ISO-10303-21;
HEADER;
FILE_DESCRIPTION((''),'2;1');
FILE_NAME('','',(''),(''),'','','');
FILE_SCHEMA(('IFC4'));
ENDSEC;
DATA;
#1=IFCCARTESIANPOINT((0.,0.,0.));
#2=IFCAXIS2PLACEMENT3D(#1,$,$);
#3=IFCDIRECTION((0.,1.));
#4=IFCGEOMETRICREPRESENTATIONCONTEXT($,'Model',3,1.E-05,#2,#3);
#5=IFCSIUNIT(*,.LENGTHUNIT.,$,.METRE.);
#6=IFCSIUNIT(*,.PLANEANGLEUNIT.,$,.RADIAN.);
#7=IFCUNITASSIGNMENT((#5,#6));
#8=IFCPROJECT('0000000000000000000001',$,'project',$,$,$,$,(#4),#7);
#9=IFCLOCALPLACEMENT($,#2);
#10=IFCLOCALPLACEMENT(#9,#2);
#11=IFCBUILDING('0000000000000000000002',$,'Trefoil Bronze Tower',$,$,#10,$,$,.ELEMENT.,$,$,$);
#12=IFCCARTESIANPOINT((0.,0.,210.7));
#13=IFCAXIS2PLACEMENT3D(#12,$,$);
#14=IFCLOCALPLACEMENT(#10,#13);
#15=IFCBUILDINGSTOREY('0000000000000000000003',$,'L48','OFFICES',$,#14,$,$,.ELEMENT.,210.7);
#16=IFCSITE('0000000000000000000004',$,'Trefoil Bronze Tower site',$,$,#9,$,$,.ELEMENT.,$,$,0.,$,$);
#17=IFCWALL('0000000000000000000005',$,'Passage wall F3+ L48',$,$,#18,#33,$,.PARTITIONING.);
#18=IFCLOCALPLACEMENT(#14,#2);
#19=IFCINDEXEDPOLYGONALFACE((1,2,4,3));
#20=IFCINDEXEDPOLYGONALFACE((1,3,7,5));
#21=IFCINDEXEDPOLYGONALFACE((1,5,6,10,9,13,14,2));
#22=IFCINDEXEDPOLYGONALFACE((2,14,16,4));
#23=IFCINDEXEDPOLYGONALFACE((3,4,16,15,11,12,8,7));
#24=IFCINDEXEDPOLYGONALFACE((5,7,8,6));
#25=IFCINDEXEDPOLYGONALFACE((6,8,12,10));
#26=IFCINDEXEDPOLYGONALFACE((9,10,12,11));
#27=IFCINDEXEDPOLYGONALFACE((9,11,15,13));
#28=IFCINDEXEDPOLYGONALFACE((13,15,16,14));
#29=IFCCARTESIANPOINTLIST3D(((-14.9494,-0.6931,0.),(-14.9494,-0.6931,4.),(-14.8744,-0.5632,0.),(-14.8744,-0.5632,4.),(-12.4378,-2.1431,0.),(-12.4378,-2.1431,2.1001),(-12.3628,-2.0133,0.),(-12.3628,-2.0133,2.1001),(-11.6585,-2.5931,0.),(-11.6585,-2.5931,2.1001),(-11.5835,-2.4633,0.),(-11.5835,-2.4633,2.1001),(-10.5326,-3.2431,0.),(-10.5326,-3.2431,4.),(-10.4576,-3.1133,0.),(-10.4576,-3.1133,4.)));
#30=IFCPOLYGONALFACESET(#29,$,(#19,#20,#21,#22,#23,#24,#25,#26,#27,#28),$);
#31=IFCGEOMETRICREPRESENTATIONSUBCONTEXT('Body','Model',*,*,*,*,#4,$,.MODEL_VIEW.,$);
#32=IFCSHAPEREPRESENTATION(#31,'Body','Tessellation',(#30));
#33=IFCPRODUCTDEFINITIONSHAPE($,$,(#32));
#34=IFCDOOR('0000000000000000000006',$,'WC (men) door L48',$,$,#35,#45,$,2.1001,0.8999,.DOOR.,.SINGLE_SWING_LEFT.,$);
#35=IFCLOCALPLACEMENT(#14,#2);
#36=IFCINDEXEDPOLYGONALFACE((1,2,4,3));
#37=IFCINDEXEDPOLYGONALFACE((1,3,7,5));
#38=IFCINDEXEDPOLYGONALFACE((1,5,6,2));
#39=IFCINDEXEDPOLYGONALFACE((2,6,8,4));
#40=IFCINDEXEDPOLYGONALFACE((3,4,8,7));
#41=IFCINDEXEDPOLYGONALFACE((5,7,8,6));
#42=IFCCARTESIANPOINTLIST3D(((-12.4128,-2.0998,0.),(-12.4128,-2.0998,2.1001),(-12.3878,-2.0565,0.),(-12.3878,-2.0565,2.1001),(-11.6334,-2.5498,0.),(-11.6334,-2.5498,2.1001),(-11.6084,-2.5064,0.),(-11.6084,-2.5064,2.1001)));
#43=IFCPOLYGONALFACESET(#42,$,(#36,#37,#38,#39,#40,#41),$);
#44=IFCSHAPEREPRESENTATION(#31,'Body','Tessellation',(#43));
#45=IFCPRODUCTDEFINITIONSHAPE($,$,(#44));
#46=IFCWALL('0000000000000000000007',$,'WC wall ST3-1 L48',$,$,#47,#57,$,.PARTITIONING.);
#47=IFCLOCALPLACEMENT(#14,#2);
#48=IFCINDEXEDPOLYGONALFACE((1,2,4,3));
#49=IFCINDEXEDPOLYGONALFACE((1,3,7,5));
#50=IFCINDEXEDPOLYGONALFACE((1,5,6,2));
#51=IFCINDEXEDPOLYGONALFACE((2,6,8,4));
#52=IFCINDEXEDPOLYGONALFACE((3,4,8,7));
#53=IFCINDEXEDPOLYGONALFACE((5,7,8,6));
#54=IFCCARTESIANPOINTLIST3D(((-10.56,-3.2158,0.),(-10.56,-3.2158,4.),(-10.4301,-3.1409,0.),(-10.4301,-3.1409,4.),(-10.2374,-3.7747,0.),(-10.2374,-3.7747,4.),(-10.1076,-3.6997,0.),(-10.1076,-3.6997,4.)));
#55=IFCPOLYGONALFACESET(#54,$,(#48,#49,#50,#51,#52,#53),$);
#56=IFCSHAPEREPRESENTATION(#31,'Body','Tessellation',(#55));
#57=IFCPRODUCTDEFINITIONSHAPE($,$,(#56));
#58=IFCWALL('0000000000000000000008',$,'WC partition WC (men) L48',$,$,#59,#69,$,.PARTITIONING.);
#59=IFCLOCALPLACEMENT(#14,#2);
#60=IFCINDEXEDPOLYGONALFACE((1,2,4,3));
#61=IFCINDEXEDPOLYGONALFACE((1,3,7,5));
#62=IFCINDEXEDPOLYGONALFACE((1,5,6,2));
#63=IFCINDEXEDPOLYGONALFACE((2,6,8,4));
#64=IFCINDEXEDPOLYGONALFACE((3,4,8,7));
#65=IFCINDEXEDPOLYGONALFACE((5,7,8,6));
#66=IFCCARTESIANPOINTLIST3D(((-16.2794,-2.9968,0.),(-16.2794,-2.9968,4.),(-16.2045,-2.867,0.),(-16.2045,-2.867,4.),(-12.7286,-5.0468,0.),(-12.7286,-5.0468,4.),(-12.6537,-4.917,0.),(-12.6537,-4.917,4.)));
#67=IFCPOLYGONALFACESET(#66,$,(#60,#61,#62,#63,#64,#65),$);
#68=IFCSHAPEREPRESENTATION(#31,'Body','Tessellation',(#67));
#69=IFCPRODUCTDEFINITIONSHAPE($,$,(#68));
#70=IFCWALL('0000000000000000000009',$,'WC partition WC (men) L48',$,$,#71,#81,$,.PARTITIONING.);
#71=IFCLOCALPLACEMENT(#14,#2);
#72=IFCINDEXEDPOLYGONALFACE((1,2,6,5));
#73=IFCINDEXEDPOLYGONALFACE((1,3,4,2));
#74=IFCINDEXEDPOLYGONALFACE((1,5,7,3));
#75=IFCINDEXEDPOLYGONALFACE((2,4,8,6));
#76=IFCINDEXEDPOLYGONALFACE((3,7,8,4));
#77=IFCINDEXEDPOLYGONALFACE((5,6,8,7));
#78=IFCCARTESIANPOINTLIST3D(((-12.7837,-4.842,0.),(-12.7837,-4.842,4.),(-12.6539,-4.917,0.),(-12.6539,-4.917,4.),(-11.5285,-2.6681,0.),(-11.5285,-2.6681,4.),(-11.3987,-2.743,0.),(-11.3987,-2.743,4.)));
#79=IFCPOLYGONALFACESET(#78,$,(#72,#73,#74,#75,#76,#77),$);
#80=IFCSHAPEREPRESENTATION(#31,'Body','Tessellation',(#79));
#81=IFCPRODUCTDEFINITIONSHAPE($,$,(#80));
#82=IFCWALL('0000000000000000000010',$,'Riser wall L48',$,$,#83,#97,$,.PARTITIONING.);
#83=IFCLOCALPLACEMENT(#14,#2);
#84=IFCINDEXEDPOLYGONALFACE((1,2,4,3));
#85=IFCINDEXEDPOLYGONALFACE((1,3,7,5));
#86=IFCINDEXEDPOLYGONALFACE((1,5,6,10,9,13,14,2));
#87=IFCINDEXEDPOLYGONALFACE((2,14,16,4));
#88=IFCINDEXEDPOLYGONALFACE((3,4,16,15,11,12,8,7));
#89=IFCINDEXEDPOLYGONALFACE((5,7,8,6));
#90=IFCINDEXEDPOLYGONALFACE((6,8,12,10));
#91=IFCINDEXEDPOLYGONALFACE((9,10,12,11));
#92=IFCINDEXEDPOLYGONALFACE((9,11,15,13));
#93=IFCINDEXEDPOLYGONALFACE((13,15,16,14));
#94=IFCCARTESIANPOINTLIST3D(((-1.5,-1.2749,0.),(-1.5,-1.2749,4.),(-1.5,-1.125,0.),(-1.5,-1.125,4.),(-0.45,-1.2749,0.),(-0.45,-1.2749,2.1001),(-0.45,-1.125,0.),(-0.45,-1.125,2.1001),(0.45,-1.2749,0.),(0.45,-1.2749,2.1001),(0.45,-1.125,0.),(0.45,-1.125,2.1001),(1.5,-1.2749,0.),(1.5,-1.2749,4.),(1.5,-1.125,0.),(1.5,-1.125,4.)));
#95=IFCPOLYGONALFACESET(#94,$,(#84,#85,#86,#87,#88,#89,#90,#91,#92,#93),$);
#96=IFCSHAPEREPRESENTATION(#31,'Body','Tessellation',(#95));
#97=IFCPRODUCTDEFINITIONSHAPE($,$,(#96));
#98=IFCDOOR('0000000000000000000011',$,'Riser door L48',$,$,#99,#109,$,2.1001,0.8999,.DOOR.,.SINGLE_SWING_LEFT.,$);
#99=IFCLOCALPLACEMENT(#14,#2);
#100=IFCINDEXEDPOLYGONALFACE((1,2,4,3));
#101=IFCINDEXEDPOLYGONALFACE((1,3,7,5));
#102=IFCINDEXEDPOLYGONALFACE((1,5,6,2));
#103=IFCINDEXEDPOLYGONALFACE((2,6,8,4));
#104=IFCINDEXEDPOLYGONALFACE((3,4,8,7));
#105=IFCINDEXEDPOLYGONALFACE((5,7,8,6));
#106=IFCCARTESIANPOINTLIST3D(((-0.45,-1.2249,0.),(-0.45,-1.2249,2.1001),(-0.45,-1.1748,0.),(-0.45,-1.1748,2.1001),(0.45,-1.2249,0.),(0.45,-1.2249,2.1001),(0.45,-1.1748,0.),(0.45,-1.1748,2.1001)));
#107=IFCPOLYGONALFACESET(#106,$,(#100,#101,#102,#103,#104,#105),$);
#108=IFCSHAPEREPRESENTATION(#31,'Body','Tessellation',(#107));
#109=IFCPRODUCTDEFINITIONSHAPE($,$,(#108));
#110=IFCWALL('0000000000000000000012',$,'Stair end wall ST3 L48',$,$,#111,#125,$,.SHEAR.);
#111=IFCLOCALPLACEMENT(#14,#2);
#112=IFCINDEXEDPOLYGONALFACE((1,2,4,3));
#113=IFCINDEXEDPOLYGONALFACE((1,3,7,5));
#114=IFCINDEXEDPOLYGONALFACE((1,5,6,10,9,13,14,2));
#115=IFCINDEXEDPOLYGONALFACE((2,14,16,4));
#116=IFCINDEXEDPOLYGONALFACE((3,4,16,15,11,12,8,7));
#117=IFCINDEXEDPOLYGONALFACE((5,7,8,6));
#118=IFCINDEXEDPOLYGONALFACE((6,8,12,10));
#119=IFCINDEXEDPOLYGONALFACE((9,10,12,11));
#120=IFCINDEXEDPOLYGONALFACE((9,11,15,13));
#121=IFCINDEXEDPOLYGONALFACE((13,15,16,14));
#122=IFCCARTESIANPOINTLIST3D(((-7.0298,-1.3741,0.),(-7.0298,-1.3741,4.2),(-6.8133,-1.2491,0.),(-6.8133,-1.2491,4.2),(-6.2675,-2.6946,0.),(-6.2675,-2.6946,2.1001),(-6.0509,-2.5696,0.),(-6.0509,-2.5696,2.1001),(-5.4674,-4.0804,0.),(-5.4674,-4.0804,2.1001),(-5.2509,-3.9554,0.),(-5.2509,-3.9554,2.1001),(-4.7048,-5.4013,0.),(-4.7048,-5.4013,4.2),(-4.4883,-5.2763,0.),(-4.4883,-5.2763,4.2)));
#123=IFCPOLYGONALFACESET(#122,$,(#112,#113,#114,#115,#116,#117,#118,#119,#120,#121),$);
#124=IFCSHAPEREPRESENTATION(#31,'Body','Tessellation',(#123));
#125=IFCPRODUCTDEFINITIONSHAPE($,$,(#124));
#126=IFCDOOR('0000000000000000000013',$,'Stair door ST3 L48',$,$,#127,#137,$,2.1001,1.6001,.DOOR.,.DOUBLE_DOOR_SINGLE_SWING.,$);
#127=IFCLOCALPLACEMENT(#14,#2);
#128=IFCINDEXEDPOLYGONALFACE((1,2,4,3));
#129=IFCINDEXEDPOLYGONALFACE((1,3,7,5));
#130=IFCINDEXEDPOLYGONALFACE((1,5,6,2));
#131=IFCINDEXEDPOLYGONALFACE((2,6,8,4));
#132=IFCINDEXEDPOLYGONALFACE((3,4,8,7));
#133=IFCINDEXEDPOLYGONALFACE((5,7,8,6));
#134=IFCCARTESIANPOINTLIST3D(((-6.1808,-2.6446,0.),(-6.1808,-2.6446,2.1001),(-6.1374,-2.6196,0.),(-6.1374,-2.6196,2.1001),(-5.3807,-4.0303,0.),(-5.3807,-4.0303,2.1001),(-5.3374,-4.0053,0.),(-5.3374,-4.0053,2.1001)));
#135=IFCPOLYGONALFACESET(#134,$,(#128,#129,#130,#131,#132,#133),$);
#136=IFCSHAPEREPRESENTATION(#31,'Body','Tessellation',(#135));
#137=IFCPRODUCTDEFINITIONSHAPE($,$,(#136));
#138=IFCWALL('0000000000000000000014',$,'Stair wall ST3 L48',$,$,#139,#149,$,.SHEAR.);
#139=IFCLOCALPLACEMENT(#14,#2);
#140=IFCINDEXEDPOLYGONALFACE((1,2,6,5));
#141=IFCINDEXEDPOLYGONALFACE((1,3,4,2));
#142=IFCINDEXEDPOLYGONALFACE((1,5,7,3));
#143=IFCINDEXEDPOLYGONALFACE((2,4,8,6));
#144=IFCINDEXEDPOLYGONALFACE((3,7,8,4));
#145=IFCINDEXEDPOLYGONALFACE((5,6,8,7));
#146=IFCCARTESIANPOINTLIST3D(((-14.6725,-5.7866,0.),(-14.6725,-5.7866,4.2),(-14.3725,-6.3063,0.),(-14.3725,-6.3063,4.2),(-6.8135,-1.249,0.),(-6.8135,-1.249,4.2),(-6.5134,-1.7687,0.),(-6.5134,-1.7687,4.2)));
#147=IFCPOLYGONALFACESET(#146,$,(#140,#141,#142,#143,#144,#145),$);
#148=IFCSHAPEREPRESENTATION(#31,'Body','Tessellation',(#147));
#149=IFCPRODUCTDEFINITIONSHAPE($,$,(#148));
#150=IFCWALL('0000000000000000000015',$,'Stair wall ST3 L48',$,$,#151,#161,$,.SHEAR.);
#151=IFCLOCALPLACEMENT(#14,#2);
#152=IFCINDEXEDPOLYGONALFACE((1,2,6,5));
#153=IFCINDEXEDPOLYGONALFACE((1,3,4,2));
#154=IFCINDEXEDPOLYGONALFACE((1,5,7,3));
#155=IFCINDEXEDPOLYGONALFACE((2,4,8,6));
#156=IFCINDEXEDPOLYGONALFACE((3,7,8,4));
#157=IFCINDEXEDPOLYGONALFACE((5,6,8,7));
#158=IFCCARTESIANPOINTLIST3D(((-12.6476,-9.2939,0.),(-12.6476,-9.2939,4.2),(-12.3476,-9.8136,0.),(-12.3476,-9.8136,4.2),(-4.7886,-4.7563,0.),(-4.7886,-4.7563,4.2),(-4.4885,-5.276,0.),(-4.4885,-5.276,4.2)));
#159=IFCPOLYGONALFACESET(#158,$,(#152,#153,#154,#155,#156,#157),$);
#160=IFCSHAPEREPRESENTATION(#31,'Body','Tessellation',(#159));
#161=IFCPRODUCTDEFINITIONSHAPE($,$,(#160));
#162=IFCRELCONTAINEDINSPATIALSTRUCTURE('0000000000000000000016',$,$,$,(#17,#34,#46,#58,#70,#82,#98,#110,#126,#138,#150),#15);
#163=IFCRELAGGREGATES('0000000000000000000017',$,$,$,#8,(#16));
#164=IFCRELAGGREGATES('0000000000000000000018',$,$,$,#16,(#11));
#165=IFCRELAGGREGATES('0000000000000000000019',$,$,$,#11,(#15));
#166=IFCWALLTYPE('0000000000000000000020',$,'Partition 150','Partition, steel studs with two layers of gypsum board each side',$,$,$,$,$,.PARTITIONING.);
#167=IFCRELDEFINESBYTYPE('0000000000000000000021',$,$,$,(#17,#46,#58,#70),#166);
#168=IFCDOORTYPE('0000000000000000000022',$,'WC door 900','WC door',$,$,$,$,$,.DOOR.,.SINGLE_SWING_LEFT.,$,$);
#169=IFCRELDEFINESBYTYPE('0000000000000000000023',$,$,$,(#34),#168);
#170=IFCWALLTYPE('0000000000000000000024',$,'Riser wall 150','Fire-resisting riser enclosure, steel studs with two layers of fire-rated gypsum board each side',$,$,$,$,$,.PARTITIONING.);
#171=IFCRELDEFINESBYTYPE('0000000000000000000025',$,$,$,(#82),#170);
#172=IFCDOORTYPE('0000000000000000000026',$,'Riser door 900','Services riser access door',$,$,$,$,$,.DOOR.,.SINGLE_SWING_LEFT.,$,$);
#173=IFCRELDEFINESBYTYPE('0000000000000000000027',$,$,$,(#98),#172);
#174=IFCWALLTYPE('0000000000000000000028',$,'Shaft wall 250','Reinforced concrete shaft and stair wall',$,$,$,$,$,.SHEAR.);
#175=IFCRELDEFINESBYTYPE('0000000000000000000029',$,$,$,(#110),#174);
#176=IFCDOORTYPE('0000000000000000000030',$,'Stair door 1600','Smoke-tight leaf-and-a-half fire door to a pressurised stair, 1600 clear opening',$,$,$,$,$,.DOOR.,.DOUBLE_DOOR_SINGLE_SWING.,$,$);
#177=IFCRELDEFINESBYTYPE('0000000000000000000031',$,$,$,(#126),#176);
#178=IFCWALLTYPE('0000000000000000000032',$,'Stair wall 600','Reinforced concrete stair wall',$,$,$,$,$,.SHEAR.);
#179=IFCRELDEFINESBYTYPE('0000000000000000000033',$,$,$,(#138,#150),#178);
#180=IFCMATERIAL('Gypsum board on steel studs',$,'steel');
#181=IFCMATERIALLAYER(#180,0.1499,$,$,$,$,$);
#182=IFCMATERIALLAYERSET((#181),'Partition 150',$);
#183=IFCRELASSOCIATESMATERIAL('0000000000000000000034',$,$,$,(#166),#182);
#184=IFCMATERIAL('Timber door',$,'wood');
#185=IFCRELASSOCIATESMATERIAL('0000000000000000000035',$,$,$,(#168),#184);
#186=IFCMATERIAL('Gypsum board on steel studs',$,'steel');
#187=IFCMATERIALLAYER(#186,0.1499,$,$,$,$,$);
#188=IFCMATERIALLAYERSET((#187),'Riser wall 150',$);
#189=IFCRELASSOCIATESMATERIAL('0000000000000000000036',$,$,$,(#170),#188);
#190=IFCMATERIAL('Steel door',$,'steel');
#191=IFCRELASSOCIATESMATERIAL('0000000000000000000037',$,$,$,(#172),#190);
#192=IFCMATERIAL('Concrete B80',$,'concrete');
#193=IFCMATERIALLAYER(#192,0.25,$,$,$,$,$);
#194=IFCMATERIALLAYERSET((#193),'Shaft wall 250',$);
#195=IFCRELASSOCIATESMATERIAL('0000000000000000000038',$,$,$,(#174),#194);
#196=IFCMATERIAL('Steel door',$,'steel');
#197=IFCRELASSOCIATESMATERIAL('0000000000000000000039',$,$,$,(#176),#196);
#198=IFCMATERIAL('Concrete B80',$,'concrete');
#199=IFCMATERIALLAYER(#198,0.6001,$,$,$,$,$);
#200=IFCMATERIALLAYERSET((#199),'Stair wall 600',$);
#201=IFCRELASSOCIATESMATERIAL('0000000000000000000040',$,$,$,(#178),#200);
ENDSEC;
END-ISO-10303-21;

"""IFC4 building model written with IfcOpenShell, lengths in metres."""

from ifc_helpers import new_model, si_unit, direction, frame, frame_2d, origin, place, context, subcontext, project, spatial, rectangle, extrude, material, layer, layer_set, type_object, element, fill, save


model = new_model("IFC4")

# Units and contexts
model_context = context("Model", 3, precision=1e-05, world=origin(), true_north=direction((0.0, 1.0)))
body_context = subcontext(model_context, "Body", "Model", "MODEL_VIEW")
ifc_project = project(units=[si_unit("LENGTHUNIT", "METRE"), si_unit("PLANEANGLEUNIT", "RADIAN")], contexts=[model_context])

# Site, building, storey
site_placement = place(None, origin())
site = spatial("IfcSite", under=ifc_project, at=site_placement, Name="Trefoil Bronze Tower site", CompositionType="ELEMENT", RefElevation=0.0)
building_placement = place(site_placement, origin())
building = spatial("IfcBuilding", under=site, at=building_placement, Name="Trefoil Bronze Tower", CompositionType="ELEMENT")
storey_placement = place(building_placement, frame((0.0, 0.0, 210.7)))
storey = spatial("IfcBuildingStorey", under=building, at=storey_placement, Name="L48", Description="OFFICES", CompositionType="ELEMENT", Elevation=210.7)

# Wall, opening, door
ifc_material_1 = material(Name="Gypsum board on steel studs", Category="steel")
ifc_layer_1 = layer(ifc_material_1, 0.1499)
ifc_layer_set_1 = layer_set([ifc_layer_1], Name="Partition 150")
wall_type_1 = type_object("IfcWallType", Name="Partition 150", Description="Partition, steel studs with two layers of gypsum board each side", PredefinedType="PARTITIONING", material=ifc_layer_set_1)
wall_1_placement = place(storey_placement, frame((-10.4951, -3.1782, 0.0), z_axis=(0.0, 0.0, 1.0), x_axis=(-0.866022, 0.500006, 0.0)))
wall_1 = element("IfcWall", 1, at=wall_1_placement, inside=storey, type_object=wall_type_1, Name="Passage wall F3+ L48", PredefinedType="PARTITIONING", context=body_context, shape_type="SweptSolid", body=[
    extrude(rectangle(XDim=5.1001, YDim=0.1499, at=frame_2d((2.55, 0.0))), origin(), (0.0, 0.0, 1.0), 4.0),
])
opening_1_placement = place(wall_1_placement, frame((1.3, 0.0, 0.0)))
opening_1 = element("IfcOpeningElement", 2, at=opening_1_placement, cuts=wall_1, PredefinedType="OPENING", context=body_context, shape_type="SweptSolid", body=[
    extrude(rectangle(XDim=0.8999, YDim=2.1001, at=frame_2d((0.45, 1.05))), frame((0.0, 0.085, 0.0), z_axis=(0.0, -1.0, 0.0), x_axis=(1.0, 0.0, 0.0)), (0.0, 0.0, 1.0), 0.1699),
])
ifc_material_2 = material(Name="Timber door", Category="wood")
door_type_1 = type_object("IfcDoorType", Name="WC door 900", Description="WC door", OperationType="SINGLE_SWING_LEFT", PredefinedType="DOOR", material=ifc_material_2)
door_1_placement = place(opening_1_placement, origin())
door_1 = element("IfcDoor", 3, at=door_1_placement, inside=storey, type_object=door_type_1, Name="WC (men) door L48", OperationType="SINGLE_SWING_LEFT", OverallHeight=2.1001, OverallWidth=0.8999, PredefinedType="DOOR", context=body_context, shape_type="SweptSolid", body=[
    extrude(rectangle(XDim=0.8999, YDim=2.1001, at=frame_2d((0.45, 1.05))), frame((0.0, 0.0249, 0.0), z_axis=(0.0, -1.0, 0.0), x_axis=(1.0, 0.0, 0.0)), (0.0, 0.0, 1.0), 0.05),
])
fill(opening_1, door_1)

# Walls
wall_2_placement = place(storey_placement, frame((-10.4951, -3.1782, 0.0), z_axis=(0.0, 0.0, 1.0), x_axis=(0.499843, -0.866116, 0.0)))
element("IfcWall", 4, at=wall_2_placement, inside=storey, type_object=wall_type_1, Name="WC wall ST3-1 L48", PredefinedType="PARTITIONING", context=body_context, shape_type="SweptSolid", body=[
    extrude(rectangle(XDim=0.6453, YDim=0.1499, at=frame_2d((0.3228, 0.0))), origin(), (0.0, 0.0, 1.0), 4.0),
])
wall_3_placement = place(storey_placement, frame((-12.6912, -4.9819, 0.0), z_axis=(0.0, 0.0, 1.0), x_axis=(-0.866025, 0.500001, 0.0)))
element("IfcWall", 5, at=wall_3_placement, inside=storey, type_object=wall_type_1, Name="WC partition WC (men) L48", PredefinedType="PARTITIONING", context=body_context, shape_type="SweptSolid", body=[
    extrude(rectangle(XDim=4.1001, YDim=0.1499, at=frame_2d((2.05, 0.0))), origin(), (0.0, 0.0, 1.0), 4.0),
])
wall_4_placement = place(storey_placement, frame((-11.4636, -2.7056, 0.0), z_axis=(0.0, 0.0, 1.0), x_axis=(-0.50002, -0.866014, 0.0)))
element("IfcWall", 6, at=wall_4_placement, inside=storey, type_object=wall_type_1, Name="WC partition WC (men) L48", PredefinedType="PARTITIONING", context=body_context, shape_type="SweptSolid", body=[
    extrude(rectangle(XDim=2.5103, YDim=0.1499, at=frame_2d((1.2551, 0.0))), origin(), (0.0, 0.0, 1.0), 4.0),
])

# Walls, openings, doors
ifc_material_3 = material(Name="Gypsum board on steel studs", Category="steel")
ifc_layer_2 = layer(ifc_material_3, 0.1499)
ifc_layer_set_2 = layer_set([ifc_layer_2], Name="Riser wall 150")
wall_type_2 = type_object("IfcWallType", Name="Riser wall 150", Description="Fire-resisting riser enclosure, steel studs with two layers of fire-rated gypsum board each side", PredefinedType="PARTITIONING", material=ifc_layer_set_2)
wall_5_placement = place(storey_placement, frame((-1.5, -1.2, 0.0), z_axis=(0.0, 0.0, 1.0), x_axis=(1.0, 0.0, 0.0)))
wall_5 = element("IfcWall", 7, at=wall_5_placement, inside=storey, type_object=wall_type_2, Name="Riser wall L48", PredefinedType="PARTITIONING", context=body_context, shape_type="SweptSolid", body=[
    extrude(rectangle(XDim=3.0, YDim=0.1499, at=frame_2d((1.5, 0.0))), origin(), (0.0, 0.0, 1.0), 4.0),
])
opening_2_placement = place(wall_5_placement, frame((1.05, 0.0, 0.0)))
opening_2 = element("IfcOpeningElement", 8, at=opening_2_placement, cuts=wall_5, PredefinedType="OPENING", context=body_context, shape_type="SweptSolid", body=[
    extrude(rectangle(XDim=0.8999, YDim=2.1001, at=frame_2d((0.45, 1.05))), frame((0.0, 0.085, 0.0), z_axis=(0.0, -1.0, 0.0), x_axis=(1.0, 0.0, 0.0)), (0.0, 0.0, 1.0), 0.1699),
])
ifc_material_4 = material(Name="Steel door", Category="steel")
door_type_2 = type_object("IfcDoorType", Name="Riser door 900", Description="Services riser access door", OperationType="SINGLE_SWING_LEFT", PredefinedType="DOOR", material=ifc_material_4)
door_2_placement = place(opening_2_placement, frame((0.8999, 0.0, 0.0), z_axis=(0.0, 0.0, 1.0), x_axis=(-1.0, 0.0, 0.0)))
door_2 = element("IfcDoor", 9, at=door_2_placement, inside=storey, type_object=door_type_2, Name="Riser door L48", OperationType="SINGLE_SWING_LEFT", OverallHeight=2.1001, OverallWidth=0.8999, PredefinedType="DOOR", context=body_context, shape_type="SweptSolid", body=[
    extrude(rectangle(XDim=0.8999, YDim=2.1001, at=frame_2d((0.45, 1.05))), frame((0.0, 0.0249, 0.0), z_axis=(0.0, -1.0, 0.0), x_axis=(1.0, 0.0, 0.0)), (0.0, 0.0, 1.0), 0.05),
])
fill(opening_2, door_2)
ifc_material_5 = material(Name="Concrete B80", Category="concrete")
ifc_layer_3 = layer(ifc_material_5, 0.25)
ifc_layer_set_3 = layer_set([ifc_layer_3], Name="Shaft wall 250")
wall_type_3 = type_object("IfcWallType", Name="Shaft wall 250", Description="Reinforced concrete shaft and stair wall", PredefinedType="SHEAR", material=ifc_layer_set_3)
wall_6_placement = place(storey_placement, frame((-6.9216, -1.3115, 0.0), z_axis=(0.0, 0.0, 1.0), x_axis=(0.499985, -0.866034, 0.0)))
wall_6 = element("IfcWall", 10, at=wall_6_placement, inside=storey, type_object=wall_type_3, Name="Stair end wall ST3 L48", PredefinedType="SHEAR", context=body_context, shape_type="SweptSolid", body=[
    extrude(rectangle(XDim=4.6501, YDim=0.25, at=frame_2d((2.3252, 0.0))), origin(), (0.0, 0.0, 1.0), 4.2),
])
opening_3_placement = place(wall_6_placement, frame((1.5249, 0.0, 0.0)))
opening_3 = element("IfcOpeningElement", 11, at=opening_3_placement, cuts=wall_6, PredefinedType="OPENING", context=body_context, shape_type="SweptSolid", body=[
    extrude(rectangle(XDim=1.6001, YDim=2.1001, at=frame_2d((0.8, 1.05))), frame((0.0, 0.135, 0.0), z_axis=(0.0, -1.0, 0.0), x_axis=(1.0, 0.0, 0.0)), (0.0, 0.0, 1.0), 0.27),
])
ifc_material_6 = material(Name="Steel door", Category="steel")
door_type_3 = type_object("IfcDoorType", Name="Stair door 1600", Description="Smoke-tight leaf-and-a-half fire door to a pressurised stair, 1600 clear opening", OperationType="DOUBLE_DOOR_SINGLE_SWING", PredefinedType="DOOR", material=ifc_material_6)
door_3_placement = place(opening_3_placement, frame((1.6001, 0.0, 0.0), z_axis=(0.0, 0.0, 1.0), x_axis=(-1.0, 0.0, 0.0)))
door_3 = element("IfcDoor", 12, at=door_3_placement, inside=storey, type_object=door_type_3, Name="Stair door ST3 L48", OperationType="DOUBLE_DOOR_SINGLE_SWING", OverallHeight=2.1001, OverallWidth=1.6001, PredefinedType="DOOR", context=body_context, shape_type="SweptSolid", body=[
    extrude(rectangle(XDim=1.6001, YDim=2.1001, at=frame_2d((0.8, 1.05))), frame((0.0, 0.0249, 0.0), z_axis=(0.0, -1.0, 0.0), x_axis=(1.0, 0.0, 0.0)), (0.0, 0.0, 1.0), 0.05),
])
fill(opening_3, door_3)

# Walls
ifc_material_7 = material(Name="Concrete B80", Category="concrete")
ifc_layer_4 = layer(ifc_material_7, 0.6001)
ifc_layer_set_4 = layer_set([ifc_layer_4], Name="Stair wall 600")
wall_type_4 = type_object("IfcWallType", Name="Stair wall 600", Description="Reinforced concrete stair wall", PredefinedType="SHEAR", material=ifc_layer_set_4)
for number, where, z_axis, x_axis, name in (
    (13, (-6.6633, -1.5088, 0.0), (0.0, 0.0, 1.0), (-0.866019, -0.50001, 0.0), "Stair wall ST3 L48"),
    (14, (-4.6384, -5.0161, 0.0), (0.0, 0.0, 1.0), (-0.866019, -0.50001, 0.0), "Stair wall ST3 L48"),
):
    element("IfcWall", number, at=place(storey_placement, frame(where, z_axis=z_axis, x_axis=x_axis)), inside=storey, type_object=wall_type_4, Name=name, PredefinedType="SHEAR", context=body_context, shape_type="SweptSolid", body=[
        extrude(rectangle(XDim=9.075, YDim=0.6001, at=frame_2d((4.5376, 0.0))), origin(), (0.0, 0.0, 1.0), 4.2),
    ])

save(model, "model.ifc")
